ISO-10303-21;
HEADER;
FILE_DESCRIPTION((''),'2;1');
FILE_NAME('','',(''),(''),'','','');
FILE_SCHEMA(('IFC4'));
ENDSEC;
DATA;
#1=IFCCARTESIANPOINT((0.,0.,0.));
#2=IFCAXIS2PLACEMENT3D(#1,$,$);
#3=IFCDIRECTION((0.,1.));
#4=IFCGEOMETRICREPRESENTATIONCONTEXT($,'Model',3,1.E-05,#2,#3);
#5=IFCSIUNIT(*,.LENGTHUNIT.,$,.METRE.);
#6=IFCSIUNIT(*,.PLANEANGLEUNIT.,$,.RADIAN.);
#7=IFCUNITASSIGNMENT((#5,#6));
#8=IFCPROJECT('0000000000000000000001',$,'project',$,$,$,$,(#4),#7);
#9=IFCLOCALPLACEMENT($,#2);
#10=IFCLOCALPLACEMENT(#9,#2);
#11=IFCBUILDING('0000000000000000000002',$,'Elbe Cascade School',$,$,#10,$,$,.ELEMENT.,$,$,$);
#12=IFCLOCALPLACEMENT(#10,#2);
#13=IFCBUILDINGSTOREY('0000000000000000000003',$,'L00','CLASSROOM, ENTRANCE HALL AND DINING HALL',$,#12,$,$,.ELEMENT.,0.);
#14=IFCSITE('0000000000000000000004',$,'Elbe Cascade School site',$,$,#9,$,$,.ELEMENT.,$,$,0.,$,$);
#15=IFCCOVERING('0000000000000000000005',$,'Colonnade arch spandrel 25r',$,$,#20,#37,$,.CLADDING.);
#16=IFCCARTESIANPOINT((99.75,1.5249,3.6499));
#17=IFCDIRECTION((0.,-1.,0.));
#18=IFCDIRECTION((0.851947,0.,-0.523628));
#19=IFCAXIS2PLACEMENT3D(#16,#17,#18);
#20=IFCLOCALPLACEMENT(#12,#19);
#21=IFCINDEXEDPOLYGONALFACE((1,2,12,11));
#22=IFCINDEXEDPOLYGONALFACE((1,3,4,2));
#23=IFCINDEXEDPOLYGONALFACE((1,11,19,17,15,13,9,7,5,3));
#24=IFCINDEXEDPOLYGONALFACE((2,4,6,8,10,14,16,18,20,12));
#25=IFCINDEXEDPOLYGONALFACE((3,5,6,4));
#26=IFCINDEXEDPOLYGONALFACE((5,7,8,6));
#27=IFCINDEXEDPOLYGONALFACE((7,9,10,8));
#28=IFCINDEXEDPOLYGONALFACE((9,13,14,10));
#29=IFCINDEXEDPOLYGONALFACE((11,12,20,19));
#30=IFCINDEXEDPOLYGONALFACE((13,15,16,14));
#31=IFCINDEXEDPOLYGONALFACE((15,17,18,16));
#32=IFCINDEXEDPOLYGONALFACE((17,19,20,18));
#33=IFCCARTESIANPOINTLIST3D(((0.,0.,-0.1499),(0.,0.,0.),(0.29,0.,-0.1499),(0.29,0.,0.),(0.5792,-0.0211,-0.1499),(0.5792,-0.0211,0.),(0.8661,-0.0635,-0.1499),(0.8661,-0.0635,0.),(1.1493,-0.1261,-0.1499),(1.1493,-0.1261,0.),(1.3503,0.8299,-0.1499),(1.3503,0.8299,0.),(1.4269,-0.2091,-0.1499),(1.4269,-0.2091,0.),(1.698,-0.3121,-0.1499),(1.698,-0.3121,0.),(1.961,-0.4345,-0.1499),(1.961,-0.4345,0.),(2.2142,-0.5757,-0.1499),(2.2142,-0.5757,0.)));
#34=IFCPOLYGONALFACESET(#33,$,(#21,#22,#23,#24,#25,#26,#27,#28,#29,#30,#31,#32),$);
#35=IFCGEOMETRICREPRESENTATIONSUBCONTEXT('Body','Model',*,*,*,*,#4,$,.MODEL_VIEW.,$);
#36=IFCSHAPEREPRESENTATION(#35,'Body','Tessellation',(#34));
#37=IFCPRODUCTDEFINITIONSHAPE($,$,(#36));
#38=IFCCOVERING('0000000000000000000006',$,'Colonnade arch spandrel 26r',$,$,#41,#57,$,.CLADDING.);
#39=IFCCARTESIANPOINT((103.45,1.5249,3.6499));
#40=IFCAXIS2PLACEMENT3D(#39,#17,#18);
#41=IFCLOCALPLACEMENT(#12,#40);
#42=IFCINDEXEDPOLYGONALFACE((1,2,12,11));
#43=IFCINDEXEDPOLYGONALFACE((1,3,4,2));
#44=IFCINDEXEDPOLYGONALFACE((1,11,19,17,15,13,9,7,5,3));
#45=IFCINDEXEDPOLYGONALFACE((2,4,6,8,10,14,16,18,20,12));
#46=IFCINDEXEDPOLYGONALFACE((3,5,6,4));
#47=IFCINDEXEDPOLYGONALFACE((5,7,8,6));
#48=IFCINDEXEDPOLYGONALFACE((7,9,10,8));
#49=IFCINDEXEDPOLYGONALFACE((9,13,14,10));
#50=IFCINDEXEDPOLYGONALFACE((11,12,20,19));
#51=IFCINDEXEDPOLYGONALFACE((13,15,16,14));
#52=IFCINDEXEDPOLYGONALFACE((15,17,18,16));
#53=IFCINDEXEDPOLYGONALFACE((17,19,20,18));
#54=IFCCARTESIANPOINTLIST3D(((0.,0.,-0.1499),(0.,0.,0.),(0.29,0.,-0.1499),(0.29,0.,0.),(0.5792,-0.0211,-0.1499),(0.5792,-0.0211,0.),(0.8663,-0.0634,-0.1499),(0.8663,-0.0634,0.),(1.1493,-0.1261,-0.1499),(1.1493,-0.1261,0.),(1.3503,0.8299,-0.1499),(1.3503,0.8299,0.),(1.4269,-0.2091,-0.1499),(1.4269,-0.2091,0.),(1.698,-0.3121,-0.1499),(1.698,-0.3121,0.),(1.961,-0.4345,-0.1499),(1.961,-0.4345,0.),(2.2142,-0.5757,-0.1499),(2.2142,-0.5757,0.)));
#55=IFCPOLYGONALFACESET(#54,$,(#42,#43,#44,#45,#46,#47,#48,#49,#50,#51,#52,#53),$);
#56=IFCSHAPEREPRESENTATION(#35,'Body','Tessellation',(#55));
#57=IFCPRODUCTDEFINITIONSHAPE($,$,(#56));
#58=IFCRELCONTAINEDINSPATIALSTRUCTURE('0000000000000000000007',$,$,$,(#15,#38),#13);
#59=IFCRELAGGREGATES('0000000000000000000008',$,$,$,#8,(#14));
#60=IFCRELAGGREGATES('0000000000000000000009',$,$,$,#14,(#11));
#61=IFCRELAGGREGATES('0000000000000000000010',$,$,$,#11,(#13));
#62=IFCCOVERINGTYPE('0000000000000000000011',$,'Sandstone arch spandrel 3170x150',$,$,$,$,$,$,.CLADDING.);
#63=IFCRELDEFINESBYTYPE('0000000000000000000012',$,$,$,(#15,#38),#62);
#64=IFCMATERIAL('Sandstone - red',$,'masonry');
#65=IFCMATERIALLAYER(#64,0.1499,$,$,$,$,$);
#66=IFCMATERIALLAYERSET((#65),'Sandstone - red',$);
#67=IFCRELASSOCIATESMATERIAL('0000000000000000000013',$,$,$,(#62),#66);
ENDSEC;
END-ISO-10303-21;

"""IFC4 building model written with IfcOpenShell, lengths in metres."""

from ifc_helpers import new_model, si_unit, direction, frame, origin, place, context, subcontext, project, spatial, polyline, outline, extrude, material, layer, layer_set, type_object, element, save


model = new_model("IFC4")

# Units and contexts
model_context = context("Model", 3, precision=1e-05, world=origin(), true_north=direction((0.0, 1.0)))
body_context = subcontext(model_context, "Body", "Model", "MODEL_VIEW")
ifc_project = project(units=[si_unit("LENGTHUNIT", "METRE"), si_unit("PLANEANGLEUNIT", "RADIAN")], contexts=[model_context])

# Site, building, storey
site_placement = place(None, origin())
site = spatial("IfcSite", under=ifc_project, at=site_placement, Name="Elbe Cascade School site", CompositionType="ELEMENT", RefElevation=0.0)
building_placement = place(site_placement, origin())
building = spatial("IfcBuilding", under=site, at=building_placement, Name="Elbe Cascade School", CompositionType="ELEMENT")
storey_placement = place(building_placement, origin())
storey = spatial("IfcBuildingStorey", under=building, at=storey_placement, Name="L00", Description="CLASSROOM, ENTRANCE HALL AND DINING HALL", CompositionType="ELEMENT", Elevation=0.0)

# Coverings
ifc_material_1 = material(Name="Sandstone - red", Category="masonry")
ifc_layer_1 = layer(ifc_material_1, 0.1499)
ifc_layer_set_1 = layer_set([ifc_layer_1], Name="Sandstone - red")
covering_type_1 = type_object("IfcCoveringType", Name="Sandstone arch spandrel 3170x150", PredefinedType="CLADDING", material=ifc_layer_set_1)
covering_1_placement = place(storey_placement, frame((99.75, 1.5249, 3.6499), z_axis=(0.0, -1.0, 0.0), x_axis=(0.851947, 0.0, -0.523628)))
element("IfcCovering", 1, at=covering_1_placement, inside=storey, type_object=covering_type_1, Name="Colonnade arch spandrel 25r", PredefinedType="CLADDING", context=body_context, shape_type="SweptSolid", body=[
    extrude(outline(polyline([(0.0, 0.0), (0.29, 0.0), (0.5792, -0.0211), (0.8661, -0.0635), (1.1493, -0.1261), (1.4269, -0.2091), (1.698, -0.3121), (1.961, -0.4345), (2.2142, -0.5757), (1.3503, 0.8299), (0.0, 0.0)])), origin(), (0.0, 0.0, -1.0), 0.1499),
])
covering_2_placement = place(storey_placement, frame((103.45, 1.5249, 3.6499), z_axis=(0.0, -1.0, 0.0), x_axis=(0.851947, 0.0, -0.523628)))
element("IfcCovering", 2, at=covering_2_placement, inside=storey, type_object=covering_type_1, Name="Colonnade arch spandrel 26r", PredefinedType="CLADDING", context=body_context, shape_type="SweptSolid", body=[
    extrude(outline(polyline([(0.0, 0.0), (0.29, 0.0), (0.5792, -0.0211), (0.8663, -0.0634), (1.1493, -0.1261), (1.4269, -0.2091), (1.698, -0.3121), (1.961, -0.4345), (2.2142, -0.5757), (1.3503, 0.8299), (0.0, 0.0)])), origin(), (0.0, 0.0, -1.0), 0.1499),
])

save(model, "model.ifc")
